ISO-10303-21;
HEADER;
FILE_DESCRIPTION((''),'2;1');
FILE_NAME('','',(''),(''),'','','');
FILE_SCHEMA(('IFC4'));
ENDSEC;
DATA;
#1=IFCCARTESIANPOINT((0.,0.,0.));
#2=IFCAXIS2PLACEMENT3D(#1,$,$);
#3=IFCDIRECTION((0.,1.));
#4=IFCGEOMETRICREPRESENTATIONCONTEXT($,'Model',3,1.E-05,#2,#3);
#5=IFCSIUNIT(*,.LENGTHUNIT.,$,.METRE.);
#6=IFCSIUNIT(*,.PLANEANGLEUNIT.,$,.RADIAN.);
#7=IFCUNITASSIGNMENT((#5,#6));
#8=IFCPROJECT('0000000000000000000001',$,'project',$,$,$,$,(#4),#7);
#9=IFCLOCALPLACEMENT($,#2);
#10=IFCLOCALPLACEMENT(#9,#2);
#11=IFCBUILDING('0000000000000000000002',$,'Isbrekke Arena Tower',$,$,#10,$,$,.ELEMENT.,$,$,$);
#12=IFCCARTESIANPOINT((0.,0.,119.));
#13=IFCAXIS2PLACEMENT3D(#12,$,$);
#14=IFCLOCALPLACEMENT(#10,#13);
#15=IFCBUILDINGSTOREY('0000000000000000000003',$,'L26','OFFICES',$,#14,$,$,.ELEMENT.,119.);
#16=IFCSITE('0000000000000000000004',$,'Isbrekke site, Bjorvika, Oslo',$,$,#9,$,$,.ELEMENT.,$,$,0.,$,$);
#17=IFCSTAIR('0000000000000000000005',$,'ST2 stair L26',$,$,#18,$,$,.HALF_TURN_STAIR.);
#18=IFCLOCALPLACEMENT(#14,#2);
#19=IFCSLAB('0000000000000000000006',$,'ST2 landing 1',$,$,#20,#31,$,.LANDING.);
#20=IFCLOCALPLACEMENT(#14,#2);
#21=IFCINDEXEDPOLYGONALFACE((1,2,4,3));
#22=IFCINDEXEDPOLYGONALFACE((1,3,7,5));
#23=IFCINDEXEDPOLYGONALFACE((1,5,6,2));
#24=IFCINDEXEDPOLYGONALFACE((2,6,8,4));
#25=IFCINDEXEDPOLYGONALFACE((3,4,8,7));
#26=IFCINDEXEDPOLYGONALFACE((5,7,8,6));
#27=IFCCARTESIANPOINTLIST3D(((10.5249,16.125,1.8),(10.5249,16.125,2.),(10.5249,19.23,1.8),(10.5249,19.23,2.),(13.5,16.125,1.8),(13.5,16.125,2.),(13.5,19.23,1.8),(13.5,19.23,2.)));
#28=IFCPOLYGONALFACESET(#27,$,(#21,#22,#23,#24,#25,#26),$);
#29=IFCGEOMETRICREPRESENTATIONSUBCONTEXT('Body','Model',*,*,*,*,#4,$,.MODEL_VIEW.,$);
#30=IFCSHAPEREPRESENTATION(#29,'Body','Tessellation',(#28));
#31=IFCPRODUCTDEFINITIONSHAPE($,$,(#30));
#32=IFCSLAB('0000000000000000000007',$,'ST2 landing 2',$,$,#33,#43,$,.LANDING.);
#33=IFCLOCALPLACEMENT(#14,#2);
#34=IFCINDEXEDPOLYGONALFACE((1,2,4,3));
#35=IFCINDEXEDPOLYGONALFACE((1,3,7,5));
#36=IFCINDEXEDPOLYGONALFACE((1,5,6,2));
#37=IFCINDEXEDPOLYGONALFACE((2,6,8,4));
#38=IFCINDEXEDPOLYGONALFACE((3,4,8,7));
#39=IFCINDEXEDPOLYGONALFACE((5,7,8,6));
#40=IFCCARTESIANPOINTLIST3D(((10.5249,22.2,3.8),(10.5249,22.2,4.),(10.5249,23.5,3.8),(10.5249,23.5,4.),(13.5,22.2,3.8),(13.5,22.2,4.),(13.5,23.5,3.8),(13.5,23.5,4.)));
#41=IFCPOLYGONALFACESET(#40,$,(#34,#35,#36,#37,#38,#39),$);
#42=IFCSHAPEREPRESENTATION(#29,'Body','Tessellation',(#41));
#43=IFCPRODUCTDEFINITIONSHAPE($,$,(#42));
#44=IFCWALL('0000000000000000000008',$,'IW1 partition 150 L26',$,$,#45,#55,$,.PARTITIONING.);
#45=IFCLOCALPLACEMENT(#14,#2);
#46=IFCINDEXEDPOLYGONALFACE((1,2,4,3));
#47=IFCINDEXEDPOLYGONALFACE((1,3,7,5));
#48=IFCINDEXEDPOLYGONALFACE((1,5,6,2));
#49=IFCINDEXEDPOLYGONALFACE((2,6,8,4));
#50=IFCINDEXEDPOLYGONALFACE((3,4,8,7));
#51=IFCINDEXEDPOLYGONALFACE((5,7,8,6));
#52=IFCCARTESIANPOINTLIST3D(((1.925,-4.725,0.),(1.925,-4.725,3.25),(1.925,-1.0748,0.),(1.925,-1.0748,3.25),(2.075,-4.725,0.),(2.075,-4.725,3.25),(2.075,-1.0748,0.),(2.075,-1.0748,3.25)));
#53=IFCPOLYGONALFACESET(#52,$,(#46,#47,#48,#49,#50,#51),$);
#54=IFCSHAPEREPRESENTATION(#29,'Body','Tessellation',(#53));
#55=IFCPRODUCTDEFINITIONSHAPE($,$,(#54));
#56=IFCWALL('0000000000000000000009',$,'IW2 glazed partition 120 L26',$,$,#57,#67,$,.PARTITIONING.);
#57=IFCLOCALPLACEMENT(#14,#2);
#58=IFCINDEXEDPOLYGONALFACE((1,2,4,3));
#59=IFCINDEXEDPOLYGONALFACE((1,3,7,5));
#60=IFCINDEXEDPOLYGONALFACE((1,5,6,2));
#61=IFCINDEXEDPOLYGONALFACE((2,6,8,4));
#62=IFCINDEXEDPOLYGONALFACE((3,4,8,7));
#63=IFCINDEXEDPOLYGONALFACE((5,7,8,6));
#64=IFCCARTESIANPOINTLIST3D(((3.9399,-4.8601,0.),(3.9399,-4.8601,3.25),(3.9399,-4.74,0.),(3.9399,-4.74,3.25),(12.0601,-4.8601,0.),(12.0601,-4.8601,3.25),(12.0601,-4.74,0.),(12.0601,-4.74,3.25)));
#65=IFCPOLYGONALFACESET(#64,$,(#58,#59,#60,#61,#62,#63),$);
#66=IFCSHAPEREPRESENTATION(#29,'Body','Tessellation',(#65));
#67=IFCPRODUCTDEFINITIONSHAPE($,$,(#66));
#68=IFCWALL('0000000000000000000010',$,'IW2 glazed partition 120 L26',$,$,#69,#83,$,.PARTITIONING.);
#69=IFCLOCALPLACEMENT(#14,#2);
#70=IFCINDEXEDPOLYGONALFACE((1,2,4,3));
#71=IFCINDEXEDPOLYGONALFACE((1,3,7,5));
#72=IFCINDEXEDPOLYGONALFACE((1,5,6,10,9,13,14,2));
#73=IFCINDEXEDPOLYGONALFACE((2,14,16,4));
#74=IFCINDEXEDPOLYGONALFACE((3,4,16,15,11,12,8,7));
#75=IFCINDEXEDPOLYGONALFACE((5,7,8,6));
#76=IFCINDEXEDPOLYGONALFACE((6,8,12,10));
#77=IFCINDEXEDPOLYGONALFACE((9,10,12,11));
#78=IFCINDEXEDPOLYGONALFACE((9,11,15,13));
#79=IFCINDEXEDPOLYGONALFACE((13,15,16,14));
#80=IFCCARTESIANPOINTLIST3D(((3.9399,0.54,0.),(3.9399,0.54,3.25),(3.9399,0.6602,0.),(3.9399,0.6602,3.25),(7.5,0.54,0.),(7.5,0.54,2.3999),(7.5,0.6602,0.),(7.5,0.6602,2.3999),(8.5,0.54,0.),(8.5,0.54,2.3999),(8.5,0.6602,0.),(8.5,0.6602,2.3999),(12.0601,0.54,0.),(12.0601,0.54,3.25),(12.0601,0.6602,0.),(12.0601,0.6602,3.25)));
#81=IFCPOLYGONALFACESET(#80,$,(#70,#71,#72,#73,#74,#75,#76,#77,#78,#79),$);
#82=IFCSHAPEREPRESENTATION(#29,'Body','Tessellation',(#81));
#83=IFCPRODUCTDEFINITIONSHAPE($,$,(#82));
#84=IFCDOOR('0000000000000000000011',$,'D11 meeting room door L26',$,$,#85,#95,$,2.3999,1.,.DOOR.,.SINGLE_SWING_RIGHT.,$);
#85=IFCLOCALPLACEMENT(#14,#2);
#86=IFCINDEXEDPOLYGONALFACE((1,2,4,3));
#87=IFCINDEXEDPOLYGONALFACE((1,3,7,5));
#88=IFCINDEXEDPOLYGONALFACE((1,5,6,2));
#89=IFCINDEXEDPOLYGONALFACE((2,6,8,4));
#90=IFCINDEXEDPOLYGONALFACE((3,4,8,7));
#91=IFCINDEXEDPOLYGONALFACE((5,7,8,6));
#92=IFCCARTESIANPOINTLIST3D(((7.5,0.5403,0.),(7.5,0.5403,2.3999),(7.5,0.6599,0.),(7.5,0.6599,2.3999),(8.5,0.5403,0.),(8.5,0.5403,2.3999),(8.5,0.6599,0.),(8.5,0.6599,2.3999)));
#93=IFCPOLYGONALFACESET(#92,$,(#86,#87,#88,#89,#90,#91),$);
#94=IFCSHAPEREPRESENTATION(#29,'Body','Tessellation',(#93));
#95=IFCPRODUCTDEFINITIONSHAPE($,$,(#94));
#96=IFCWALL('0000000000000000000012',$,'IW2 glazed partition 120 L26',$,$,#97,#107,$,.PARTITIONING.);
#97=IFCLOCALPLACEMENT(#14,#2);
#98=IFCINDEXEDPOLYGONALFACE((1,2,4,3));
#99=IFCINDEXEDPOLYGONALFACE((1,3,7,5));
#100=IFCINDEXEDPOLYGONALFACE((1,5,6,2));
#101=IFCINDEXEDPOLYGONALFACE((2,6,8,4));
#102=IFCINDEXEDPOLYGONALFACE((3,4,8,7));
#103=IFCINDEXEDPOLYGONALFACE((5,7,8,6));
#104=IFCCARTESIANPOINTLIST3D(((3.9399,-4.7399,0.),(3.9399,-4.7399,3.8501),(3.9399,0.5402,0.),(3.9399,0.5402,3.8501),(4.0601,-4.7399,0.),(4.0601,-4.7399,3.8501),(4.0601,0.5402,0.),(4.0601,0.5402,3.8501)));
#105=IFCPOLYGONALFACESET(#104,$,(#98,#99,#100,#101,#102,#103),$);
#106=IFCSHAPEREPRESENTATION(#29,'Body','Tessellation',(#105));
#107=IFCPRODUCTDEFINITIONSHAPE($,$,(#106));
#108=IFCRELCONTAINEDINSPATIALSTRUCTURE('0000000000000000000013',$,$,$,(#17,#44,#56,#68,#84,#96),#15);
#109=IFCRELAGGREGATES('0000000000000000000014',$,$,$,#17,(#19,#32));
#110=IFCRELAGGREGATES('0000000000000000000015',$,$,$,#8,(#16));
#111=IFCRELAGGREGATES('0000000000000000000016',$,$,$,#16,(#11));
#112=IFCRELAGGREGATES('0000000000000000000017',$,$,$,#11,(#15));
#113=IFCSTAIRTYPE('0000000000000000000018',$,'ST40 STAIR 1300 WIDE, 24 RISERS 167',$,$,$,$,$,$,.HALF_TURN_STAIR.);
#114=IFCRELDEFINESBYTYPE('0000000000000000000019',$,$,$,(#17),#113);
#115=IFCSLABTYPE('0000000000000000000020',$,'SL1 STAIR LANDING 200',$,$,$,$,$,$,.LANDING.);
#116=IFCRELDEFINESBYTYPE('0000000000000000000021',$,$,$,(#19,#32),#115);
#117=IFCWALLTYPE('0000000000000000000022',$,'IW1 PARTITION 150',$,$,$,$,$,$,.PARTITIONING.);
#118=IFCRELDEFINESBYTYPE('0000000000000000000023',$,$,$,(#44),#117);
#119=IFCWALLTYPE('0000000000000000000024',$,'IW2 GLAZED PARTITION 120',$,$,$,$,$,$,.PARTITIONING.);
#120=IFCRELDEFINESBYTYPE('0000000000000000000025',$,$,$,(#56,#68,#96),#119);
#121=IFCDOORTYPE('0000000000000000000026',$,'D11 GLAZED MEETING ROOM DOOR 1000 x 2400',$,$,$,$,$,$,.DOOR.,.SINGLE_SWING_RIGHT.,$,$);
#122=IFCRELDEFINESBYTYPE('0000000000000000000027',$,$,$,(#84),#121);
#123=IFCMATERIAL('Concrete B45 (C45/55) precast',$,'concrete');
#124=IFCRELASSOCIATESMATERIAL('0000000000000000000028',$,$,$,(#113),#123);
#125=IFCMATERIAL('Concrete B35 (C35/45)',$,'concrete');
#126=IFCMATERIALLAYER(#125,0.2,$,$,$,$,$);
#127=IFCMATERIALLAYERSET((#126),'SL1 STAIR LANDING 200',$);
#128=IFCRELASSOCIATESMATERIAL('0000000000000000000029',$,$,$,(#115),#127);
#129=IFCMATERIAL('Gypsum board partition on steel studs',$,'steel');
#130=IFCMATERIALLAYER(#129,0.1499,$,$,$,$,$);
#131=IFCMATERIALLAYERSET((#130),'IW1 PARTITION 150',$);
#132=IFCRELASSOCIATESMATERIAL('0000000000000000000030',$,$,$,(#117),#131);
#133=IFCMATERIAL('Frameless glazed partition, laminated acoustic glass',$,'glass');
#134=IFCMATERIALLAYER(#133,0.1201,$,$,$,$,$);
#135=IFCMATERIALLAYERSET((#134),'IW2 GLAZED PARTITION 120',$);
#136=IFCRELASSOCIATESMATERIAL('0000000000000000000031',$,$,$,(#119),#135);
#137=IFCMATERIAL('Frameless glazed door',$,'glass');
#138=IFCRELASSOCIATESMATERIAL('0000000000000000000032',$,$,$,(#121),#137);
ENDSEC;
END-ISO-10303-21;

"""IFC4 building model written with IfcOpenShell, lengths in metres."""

from ifc_helpers import new_model, si_unit, direction, frame, frame_2d, origin, place, context, subcontext, project, spatial, polyline, rectangle, outline, extrude, material, layer, layer_set, type_object, element, fill, aggregate, save


model = new_model("IFC4")

# Units and contexts
model_context = context("Model", 3, precision=1e-05, world=origin(), true_north=direction((0.0, 1.0)))
body_context = subcontext(model_context, "Body", "Model", "MODEL_VIEW")
ifc_project = project(units=[si_unit("LENGTHUNIT", "METRE"), si_unit("PLANEANGLEUNIT", "RADIAN")], contexts=[model_context])

# Site, building, storey
site_placement = place(None, origin())
site = spatial("IfcSite", under=ifc_project, at=site_placement, Name="Isbrekke site, Bjorvika, Oslo", CompositionType="ELEMENT", RefElevation=0.0)
building_placement = place(site_placement, origin())
building = spatial("IfcBuilding", under=site, at=building_placement, Name="Isbrekke Arena Tower", CompositionType="ELEMENT")
storey_placement = place(building_placement, frame((0.0, 0.0, 119.0)))
storey = spatial("IfcBuildingStorey", under=building, at=storey_placement, Name="L26", Description="OFFICES", CompositionType="ELEMENT", Elevation=119.0)

# Stair, slabs
ifc_material_1 = material(Name="Concrete B45 (C45/55) precast", Category="concrete")
stair_type = type_object("IfcStairType", Name="ST40 STAIR 1300 WIDE, 24 RISERS 167", PredefinedType="HALF_TURN_STAIR", material=ifc_material_1)
ifc_material_2 = material(Name="Concrete B35 (C35/45)", Category="concrete")
ifc_layer_1 = layer(ifc_material_2, 0.2)
ifc_layer_set_1 = layer_set([ifc_layer_1], Name="SL1 STAIR LANDING 200")
slab_type_1 = type_object("IfcSlabType", Name="SL1 STAIR LANDING 200", PredefinedType="LANDING", material=ifc_layer_set_1)
stair_1_placement = place(storey_placement, origin())
stair_1 = element("IfcStair", 1, at=stair_1_placement, inside=storey, type_object=stair_type, Name="ST2 stair L26", PredefinedType="HALF_TURN_STAIR")
slab_1_placement = place(storey_placement, frame((0.0, 0.0, 1.8)))
slab_1 = element("IfcSlab", 2, at=slab_1_placement, type_object=slab_type_1, Name="ST2 landing 1", PredefinedType="LANDING", context=body_context, shape_type="SweptSolid", body=[
    extrude(outline(polyline([(10.5249, 16.125), (13.5, 16.125), (13.5, 19.23), (10.5249, 19.23), (10.5249, 16.125)])), origin(), (0.0, 0.0, 1.0), 0.2),
])
slab_2_placement = place(storey_placement, frame((0.0, 0.0, 3.8)))
slab_2 = element("IfcSlab", 3, at=slab_2_placement, type_object=slab_type_1, Name="ST2 landing 2", PredefinedType="LANDING", context=body_context, shape_type="SweptSolid", body=[
    extrude(outline(polyline([(10.5249, 22.2), (13.5, 22.2), (13.5, 23.5), (10.5249, 23.5), (10.5249, 22.2)])), origin(), (0.0, 0.0, 1.0), 0.2),
])
aggregate(stair_1, [slab_1, slab_2])

# Walls
ifc_material_3 = material(Name="Gypsum board partition on steel studs", Category="steel")
ifc_layer_2 = layer(ifc_material_3, 0.1499)
ifc_layer_set_2 = layer_set([ifc_layer_2], Name="IW1 PARTITION 150")
wall_type_1 = type_object("IfcWallType", Name="IW1 PARTITION 150", PredefinedType="PARTITIONING", material=ifc_layer_set_2)
wall_1_placement = place(storey_placement, frame((2.0, -4.7251, 0.0), z_axis=(0.0, 0.0, 1.0), x_axis=(0.0, 1.0, 0.0)))
element("IfcWall", 4, at=wall_1_placement, inside=storey, type_object=wall_type_1, Name="IW1 partition 150 L26", PredefinedType="PARTITIONING", context=body_context, shape_type="SweptSolid", body=[
    extrude(rectangle(XDim=3.6501, YDim=0.1499, at=frame_2d((1.8252, 0.0))), origin(), (0.0, 0.0, 1.0), 3.25),
])
ifc_material_4 = material(Name="Frameless glazed partition, laminated acoustic glass", Category="glass")
ifc_layer_3 = layer(ifc_material_4, 0.1201)
ifc_layer_set_3 = layer_set([ifc_layer_3], Name="IW2 GLAZED PARTITION 120")
wall_type_2 = type_object("IfcWallType", Name="IW2 GLAZED PARTITION 120", PredefinedType="PARTITIONING", material=ifc_layer_set_3)
wall_2_placement = place(storey_placement, frame((3.9399, -4.8, 0.0), z_axis=(0.0, 0.0, 1.0), x_axis=(1.0, 0.0, 0.0)))
element("IfcWall", 5, at=wall_2_placement, inside=storey, type_object=wall_type_2, Name="IW2 glazed partition 120 L26", PredefinedType="PARTITIONING", context=body_context, shape_type="SweptSolid", body=[
    extrude(rectangle(XDim=8.1201, YDim=0.1201, at=frame_2d((4.0601, 0.0))), origin(), (0.0, 0.0, 1.0), 3.25),
])

# Wall, opening, door
wall_3_placement = place(storey_placement, frame((3.9399, 0.6001, 0.0), z_axis=(0.0, 0.0, 1.0), x_axis=(1.0, 0.0, 0.0)))
wall_3 = element("IfcWall", 6, at=wall_3_placement, inside=storey, type_object=wall_type_2, Name="IW2 glazed partition 120 L26", PredefinedType="PARTITIONING", context=body_context, shape_type="SweptSolid", body=[
    extrude(rectangle(XDim=8.1201, YDim=0.1201, at=frame_2d((4.0601, 0.0))), origin(), (0.0, 0.0, 1.0), 3.25),
])
opening_placement = place(wall_3_placement, frame((3.5601, 0.0, 0.0)))
opening = element("IfcOpeningElement", 7, at=opening_placement, cuts=wall_3, PredefinedType="OPENING", context=body_context, shape_type="SweptSolid", body=[
    extrude(rectangle(XDim=1.0, YDim=2.3999, at=frame_2d((0.5, 1.2))), frame((0.0, 0.075, 0.0), z_axis=(0.0, -1.0, 0.0), x_axis=(1.0, 0.0, 0.0)), (0.0, 0.0, 1.0), 0.1499),
])
ifc_material_5 = material(Name="Frameless glazed door", Category="glass")
door_type = type_object("IfcDoorType", Name="D11 GLAZED MEETING ROOM DOOR 1000 x 2400", OperationType="SINGLE_SWING_RIGHT", PredefinedType="DOOR", material=ifc_material_5)
door_placement = place(opening_placement, origin())
door = element("IfcDoor", 8, at=door_placement, inside=storey, type_object=door_type, Name="D11 meeting room door L26", OperationType="SINGLE_SWING_RIGHT", OverallHeight=2.3999, OverallWidth=1.0, PredefinedType="DOOR", context=body_context, shape_type="SweptSolid", body=[
    extrude(rectangle(XDim=1.0, YDim=2.3999, at=frame_2d((0.5, 1.2))), frame((0.0, 0.0598, 0.0), z_axis=(0.0, -1.0, 0.0), x_axis=(1.0, 0.0, 0.0)), (0.0, 0.0, 1.0), 0.1196),
])
fill(opening, door)

# Wall
wall_4_placement = place(storey_placement, frame((4.0, -4.74, 0.0), z_axis=(0.0, 0.0, 1.0), x_axis=(0.0, 1.0, 0.0)))
element("IfcWall", 9, at=wall_4_placement, inside=storey, type_object=wall_type_2, Name="IW2 glazed partition 120 L26", PredefinedType="PARTITIONING", context=body_context, shape_type="SweptSolid", body=[
    extrude(rectangle(XDim=5.28, YDim=0.1201, at=frame_2d((2.6401, 0.0))), origin(), (0.0, 0.0, 1.0), 3.8501),
])

save(model, "model.ifc")
